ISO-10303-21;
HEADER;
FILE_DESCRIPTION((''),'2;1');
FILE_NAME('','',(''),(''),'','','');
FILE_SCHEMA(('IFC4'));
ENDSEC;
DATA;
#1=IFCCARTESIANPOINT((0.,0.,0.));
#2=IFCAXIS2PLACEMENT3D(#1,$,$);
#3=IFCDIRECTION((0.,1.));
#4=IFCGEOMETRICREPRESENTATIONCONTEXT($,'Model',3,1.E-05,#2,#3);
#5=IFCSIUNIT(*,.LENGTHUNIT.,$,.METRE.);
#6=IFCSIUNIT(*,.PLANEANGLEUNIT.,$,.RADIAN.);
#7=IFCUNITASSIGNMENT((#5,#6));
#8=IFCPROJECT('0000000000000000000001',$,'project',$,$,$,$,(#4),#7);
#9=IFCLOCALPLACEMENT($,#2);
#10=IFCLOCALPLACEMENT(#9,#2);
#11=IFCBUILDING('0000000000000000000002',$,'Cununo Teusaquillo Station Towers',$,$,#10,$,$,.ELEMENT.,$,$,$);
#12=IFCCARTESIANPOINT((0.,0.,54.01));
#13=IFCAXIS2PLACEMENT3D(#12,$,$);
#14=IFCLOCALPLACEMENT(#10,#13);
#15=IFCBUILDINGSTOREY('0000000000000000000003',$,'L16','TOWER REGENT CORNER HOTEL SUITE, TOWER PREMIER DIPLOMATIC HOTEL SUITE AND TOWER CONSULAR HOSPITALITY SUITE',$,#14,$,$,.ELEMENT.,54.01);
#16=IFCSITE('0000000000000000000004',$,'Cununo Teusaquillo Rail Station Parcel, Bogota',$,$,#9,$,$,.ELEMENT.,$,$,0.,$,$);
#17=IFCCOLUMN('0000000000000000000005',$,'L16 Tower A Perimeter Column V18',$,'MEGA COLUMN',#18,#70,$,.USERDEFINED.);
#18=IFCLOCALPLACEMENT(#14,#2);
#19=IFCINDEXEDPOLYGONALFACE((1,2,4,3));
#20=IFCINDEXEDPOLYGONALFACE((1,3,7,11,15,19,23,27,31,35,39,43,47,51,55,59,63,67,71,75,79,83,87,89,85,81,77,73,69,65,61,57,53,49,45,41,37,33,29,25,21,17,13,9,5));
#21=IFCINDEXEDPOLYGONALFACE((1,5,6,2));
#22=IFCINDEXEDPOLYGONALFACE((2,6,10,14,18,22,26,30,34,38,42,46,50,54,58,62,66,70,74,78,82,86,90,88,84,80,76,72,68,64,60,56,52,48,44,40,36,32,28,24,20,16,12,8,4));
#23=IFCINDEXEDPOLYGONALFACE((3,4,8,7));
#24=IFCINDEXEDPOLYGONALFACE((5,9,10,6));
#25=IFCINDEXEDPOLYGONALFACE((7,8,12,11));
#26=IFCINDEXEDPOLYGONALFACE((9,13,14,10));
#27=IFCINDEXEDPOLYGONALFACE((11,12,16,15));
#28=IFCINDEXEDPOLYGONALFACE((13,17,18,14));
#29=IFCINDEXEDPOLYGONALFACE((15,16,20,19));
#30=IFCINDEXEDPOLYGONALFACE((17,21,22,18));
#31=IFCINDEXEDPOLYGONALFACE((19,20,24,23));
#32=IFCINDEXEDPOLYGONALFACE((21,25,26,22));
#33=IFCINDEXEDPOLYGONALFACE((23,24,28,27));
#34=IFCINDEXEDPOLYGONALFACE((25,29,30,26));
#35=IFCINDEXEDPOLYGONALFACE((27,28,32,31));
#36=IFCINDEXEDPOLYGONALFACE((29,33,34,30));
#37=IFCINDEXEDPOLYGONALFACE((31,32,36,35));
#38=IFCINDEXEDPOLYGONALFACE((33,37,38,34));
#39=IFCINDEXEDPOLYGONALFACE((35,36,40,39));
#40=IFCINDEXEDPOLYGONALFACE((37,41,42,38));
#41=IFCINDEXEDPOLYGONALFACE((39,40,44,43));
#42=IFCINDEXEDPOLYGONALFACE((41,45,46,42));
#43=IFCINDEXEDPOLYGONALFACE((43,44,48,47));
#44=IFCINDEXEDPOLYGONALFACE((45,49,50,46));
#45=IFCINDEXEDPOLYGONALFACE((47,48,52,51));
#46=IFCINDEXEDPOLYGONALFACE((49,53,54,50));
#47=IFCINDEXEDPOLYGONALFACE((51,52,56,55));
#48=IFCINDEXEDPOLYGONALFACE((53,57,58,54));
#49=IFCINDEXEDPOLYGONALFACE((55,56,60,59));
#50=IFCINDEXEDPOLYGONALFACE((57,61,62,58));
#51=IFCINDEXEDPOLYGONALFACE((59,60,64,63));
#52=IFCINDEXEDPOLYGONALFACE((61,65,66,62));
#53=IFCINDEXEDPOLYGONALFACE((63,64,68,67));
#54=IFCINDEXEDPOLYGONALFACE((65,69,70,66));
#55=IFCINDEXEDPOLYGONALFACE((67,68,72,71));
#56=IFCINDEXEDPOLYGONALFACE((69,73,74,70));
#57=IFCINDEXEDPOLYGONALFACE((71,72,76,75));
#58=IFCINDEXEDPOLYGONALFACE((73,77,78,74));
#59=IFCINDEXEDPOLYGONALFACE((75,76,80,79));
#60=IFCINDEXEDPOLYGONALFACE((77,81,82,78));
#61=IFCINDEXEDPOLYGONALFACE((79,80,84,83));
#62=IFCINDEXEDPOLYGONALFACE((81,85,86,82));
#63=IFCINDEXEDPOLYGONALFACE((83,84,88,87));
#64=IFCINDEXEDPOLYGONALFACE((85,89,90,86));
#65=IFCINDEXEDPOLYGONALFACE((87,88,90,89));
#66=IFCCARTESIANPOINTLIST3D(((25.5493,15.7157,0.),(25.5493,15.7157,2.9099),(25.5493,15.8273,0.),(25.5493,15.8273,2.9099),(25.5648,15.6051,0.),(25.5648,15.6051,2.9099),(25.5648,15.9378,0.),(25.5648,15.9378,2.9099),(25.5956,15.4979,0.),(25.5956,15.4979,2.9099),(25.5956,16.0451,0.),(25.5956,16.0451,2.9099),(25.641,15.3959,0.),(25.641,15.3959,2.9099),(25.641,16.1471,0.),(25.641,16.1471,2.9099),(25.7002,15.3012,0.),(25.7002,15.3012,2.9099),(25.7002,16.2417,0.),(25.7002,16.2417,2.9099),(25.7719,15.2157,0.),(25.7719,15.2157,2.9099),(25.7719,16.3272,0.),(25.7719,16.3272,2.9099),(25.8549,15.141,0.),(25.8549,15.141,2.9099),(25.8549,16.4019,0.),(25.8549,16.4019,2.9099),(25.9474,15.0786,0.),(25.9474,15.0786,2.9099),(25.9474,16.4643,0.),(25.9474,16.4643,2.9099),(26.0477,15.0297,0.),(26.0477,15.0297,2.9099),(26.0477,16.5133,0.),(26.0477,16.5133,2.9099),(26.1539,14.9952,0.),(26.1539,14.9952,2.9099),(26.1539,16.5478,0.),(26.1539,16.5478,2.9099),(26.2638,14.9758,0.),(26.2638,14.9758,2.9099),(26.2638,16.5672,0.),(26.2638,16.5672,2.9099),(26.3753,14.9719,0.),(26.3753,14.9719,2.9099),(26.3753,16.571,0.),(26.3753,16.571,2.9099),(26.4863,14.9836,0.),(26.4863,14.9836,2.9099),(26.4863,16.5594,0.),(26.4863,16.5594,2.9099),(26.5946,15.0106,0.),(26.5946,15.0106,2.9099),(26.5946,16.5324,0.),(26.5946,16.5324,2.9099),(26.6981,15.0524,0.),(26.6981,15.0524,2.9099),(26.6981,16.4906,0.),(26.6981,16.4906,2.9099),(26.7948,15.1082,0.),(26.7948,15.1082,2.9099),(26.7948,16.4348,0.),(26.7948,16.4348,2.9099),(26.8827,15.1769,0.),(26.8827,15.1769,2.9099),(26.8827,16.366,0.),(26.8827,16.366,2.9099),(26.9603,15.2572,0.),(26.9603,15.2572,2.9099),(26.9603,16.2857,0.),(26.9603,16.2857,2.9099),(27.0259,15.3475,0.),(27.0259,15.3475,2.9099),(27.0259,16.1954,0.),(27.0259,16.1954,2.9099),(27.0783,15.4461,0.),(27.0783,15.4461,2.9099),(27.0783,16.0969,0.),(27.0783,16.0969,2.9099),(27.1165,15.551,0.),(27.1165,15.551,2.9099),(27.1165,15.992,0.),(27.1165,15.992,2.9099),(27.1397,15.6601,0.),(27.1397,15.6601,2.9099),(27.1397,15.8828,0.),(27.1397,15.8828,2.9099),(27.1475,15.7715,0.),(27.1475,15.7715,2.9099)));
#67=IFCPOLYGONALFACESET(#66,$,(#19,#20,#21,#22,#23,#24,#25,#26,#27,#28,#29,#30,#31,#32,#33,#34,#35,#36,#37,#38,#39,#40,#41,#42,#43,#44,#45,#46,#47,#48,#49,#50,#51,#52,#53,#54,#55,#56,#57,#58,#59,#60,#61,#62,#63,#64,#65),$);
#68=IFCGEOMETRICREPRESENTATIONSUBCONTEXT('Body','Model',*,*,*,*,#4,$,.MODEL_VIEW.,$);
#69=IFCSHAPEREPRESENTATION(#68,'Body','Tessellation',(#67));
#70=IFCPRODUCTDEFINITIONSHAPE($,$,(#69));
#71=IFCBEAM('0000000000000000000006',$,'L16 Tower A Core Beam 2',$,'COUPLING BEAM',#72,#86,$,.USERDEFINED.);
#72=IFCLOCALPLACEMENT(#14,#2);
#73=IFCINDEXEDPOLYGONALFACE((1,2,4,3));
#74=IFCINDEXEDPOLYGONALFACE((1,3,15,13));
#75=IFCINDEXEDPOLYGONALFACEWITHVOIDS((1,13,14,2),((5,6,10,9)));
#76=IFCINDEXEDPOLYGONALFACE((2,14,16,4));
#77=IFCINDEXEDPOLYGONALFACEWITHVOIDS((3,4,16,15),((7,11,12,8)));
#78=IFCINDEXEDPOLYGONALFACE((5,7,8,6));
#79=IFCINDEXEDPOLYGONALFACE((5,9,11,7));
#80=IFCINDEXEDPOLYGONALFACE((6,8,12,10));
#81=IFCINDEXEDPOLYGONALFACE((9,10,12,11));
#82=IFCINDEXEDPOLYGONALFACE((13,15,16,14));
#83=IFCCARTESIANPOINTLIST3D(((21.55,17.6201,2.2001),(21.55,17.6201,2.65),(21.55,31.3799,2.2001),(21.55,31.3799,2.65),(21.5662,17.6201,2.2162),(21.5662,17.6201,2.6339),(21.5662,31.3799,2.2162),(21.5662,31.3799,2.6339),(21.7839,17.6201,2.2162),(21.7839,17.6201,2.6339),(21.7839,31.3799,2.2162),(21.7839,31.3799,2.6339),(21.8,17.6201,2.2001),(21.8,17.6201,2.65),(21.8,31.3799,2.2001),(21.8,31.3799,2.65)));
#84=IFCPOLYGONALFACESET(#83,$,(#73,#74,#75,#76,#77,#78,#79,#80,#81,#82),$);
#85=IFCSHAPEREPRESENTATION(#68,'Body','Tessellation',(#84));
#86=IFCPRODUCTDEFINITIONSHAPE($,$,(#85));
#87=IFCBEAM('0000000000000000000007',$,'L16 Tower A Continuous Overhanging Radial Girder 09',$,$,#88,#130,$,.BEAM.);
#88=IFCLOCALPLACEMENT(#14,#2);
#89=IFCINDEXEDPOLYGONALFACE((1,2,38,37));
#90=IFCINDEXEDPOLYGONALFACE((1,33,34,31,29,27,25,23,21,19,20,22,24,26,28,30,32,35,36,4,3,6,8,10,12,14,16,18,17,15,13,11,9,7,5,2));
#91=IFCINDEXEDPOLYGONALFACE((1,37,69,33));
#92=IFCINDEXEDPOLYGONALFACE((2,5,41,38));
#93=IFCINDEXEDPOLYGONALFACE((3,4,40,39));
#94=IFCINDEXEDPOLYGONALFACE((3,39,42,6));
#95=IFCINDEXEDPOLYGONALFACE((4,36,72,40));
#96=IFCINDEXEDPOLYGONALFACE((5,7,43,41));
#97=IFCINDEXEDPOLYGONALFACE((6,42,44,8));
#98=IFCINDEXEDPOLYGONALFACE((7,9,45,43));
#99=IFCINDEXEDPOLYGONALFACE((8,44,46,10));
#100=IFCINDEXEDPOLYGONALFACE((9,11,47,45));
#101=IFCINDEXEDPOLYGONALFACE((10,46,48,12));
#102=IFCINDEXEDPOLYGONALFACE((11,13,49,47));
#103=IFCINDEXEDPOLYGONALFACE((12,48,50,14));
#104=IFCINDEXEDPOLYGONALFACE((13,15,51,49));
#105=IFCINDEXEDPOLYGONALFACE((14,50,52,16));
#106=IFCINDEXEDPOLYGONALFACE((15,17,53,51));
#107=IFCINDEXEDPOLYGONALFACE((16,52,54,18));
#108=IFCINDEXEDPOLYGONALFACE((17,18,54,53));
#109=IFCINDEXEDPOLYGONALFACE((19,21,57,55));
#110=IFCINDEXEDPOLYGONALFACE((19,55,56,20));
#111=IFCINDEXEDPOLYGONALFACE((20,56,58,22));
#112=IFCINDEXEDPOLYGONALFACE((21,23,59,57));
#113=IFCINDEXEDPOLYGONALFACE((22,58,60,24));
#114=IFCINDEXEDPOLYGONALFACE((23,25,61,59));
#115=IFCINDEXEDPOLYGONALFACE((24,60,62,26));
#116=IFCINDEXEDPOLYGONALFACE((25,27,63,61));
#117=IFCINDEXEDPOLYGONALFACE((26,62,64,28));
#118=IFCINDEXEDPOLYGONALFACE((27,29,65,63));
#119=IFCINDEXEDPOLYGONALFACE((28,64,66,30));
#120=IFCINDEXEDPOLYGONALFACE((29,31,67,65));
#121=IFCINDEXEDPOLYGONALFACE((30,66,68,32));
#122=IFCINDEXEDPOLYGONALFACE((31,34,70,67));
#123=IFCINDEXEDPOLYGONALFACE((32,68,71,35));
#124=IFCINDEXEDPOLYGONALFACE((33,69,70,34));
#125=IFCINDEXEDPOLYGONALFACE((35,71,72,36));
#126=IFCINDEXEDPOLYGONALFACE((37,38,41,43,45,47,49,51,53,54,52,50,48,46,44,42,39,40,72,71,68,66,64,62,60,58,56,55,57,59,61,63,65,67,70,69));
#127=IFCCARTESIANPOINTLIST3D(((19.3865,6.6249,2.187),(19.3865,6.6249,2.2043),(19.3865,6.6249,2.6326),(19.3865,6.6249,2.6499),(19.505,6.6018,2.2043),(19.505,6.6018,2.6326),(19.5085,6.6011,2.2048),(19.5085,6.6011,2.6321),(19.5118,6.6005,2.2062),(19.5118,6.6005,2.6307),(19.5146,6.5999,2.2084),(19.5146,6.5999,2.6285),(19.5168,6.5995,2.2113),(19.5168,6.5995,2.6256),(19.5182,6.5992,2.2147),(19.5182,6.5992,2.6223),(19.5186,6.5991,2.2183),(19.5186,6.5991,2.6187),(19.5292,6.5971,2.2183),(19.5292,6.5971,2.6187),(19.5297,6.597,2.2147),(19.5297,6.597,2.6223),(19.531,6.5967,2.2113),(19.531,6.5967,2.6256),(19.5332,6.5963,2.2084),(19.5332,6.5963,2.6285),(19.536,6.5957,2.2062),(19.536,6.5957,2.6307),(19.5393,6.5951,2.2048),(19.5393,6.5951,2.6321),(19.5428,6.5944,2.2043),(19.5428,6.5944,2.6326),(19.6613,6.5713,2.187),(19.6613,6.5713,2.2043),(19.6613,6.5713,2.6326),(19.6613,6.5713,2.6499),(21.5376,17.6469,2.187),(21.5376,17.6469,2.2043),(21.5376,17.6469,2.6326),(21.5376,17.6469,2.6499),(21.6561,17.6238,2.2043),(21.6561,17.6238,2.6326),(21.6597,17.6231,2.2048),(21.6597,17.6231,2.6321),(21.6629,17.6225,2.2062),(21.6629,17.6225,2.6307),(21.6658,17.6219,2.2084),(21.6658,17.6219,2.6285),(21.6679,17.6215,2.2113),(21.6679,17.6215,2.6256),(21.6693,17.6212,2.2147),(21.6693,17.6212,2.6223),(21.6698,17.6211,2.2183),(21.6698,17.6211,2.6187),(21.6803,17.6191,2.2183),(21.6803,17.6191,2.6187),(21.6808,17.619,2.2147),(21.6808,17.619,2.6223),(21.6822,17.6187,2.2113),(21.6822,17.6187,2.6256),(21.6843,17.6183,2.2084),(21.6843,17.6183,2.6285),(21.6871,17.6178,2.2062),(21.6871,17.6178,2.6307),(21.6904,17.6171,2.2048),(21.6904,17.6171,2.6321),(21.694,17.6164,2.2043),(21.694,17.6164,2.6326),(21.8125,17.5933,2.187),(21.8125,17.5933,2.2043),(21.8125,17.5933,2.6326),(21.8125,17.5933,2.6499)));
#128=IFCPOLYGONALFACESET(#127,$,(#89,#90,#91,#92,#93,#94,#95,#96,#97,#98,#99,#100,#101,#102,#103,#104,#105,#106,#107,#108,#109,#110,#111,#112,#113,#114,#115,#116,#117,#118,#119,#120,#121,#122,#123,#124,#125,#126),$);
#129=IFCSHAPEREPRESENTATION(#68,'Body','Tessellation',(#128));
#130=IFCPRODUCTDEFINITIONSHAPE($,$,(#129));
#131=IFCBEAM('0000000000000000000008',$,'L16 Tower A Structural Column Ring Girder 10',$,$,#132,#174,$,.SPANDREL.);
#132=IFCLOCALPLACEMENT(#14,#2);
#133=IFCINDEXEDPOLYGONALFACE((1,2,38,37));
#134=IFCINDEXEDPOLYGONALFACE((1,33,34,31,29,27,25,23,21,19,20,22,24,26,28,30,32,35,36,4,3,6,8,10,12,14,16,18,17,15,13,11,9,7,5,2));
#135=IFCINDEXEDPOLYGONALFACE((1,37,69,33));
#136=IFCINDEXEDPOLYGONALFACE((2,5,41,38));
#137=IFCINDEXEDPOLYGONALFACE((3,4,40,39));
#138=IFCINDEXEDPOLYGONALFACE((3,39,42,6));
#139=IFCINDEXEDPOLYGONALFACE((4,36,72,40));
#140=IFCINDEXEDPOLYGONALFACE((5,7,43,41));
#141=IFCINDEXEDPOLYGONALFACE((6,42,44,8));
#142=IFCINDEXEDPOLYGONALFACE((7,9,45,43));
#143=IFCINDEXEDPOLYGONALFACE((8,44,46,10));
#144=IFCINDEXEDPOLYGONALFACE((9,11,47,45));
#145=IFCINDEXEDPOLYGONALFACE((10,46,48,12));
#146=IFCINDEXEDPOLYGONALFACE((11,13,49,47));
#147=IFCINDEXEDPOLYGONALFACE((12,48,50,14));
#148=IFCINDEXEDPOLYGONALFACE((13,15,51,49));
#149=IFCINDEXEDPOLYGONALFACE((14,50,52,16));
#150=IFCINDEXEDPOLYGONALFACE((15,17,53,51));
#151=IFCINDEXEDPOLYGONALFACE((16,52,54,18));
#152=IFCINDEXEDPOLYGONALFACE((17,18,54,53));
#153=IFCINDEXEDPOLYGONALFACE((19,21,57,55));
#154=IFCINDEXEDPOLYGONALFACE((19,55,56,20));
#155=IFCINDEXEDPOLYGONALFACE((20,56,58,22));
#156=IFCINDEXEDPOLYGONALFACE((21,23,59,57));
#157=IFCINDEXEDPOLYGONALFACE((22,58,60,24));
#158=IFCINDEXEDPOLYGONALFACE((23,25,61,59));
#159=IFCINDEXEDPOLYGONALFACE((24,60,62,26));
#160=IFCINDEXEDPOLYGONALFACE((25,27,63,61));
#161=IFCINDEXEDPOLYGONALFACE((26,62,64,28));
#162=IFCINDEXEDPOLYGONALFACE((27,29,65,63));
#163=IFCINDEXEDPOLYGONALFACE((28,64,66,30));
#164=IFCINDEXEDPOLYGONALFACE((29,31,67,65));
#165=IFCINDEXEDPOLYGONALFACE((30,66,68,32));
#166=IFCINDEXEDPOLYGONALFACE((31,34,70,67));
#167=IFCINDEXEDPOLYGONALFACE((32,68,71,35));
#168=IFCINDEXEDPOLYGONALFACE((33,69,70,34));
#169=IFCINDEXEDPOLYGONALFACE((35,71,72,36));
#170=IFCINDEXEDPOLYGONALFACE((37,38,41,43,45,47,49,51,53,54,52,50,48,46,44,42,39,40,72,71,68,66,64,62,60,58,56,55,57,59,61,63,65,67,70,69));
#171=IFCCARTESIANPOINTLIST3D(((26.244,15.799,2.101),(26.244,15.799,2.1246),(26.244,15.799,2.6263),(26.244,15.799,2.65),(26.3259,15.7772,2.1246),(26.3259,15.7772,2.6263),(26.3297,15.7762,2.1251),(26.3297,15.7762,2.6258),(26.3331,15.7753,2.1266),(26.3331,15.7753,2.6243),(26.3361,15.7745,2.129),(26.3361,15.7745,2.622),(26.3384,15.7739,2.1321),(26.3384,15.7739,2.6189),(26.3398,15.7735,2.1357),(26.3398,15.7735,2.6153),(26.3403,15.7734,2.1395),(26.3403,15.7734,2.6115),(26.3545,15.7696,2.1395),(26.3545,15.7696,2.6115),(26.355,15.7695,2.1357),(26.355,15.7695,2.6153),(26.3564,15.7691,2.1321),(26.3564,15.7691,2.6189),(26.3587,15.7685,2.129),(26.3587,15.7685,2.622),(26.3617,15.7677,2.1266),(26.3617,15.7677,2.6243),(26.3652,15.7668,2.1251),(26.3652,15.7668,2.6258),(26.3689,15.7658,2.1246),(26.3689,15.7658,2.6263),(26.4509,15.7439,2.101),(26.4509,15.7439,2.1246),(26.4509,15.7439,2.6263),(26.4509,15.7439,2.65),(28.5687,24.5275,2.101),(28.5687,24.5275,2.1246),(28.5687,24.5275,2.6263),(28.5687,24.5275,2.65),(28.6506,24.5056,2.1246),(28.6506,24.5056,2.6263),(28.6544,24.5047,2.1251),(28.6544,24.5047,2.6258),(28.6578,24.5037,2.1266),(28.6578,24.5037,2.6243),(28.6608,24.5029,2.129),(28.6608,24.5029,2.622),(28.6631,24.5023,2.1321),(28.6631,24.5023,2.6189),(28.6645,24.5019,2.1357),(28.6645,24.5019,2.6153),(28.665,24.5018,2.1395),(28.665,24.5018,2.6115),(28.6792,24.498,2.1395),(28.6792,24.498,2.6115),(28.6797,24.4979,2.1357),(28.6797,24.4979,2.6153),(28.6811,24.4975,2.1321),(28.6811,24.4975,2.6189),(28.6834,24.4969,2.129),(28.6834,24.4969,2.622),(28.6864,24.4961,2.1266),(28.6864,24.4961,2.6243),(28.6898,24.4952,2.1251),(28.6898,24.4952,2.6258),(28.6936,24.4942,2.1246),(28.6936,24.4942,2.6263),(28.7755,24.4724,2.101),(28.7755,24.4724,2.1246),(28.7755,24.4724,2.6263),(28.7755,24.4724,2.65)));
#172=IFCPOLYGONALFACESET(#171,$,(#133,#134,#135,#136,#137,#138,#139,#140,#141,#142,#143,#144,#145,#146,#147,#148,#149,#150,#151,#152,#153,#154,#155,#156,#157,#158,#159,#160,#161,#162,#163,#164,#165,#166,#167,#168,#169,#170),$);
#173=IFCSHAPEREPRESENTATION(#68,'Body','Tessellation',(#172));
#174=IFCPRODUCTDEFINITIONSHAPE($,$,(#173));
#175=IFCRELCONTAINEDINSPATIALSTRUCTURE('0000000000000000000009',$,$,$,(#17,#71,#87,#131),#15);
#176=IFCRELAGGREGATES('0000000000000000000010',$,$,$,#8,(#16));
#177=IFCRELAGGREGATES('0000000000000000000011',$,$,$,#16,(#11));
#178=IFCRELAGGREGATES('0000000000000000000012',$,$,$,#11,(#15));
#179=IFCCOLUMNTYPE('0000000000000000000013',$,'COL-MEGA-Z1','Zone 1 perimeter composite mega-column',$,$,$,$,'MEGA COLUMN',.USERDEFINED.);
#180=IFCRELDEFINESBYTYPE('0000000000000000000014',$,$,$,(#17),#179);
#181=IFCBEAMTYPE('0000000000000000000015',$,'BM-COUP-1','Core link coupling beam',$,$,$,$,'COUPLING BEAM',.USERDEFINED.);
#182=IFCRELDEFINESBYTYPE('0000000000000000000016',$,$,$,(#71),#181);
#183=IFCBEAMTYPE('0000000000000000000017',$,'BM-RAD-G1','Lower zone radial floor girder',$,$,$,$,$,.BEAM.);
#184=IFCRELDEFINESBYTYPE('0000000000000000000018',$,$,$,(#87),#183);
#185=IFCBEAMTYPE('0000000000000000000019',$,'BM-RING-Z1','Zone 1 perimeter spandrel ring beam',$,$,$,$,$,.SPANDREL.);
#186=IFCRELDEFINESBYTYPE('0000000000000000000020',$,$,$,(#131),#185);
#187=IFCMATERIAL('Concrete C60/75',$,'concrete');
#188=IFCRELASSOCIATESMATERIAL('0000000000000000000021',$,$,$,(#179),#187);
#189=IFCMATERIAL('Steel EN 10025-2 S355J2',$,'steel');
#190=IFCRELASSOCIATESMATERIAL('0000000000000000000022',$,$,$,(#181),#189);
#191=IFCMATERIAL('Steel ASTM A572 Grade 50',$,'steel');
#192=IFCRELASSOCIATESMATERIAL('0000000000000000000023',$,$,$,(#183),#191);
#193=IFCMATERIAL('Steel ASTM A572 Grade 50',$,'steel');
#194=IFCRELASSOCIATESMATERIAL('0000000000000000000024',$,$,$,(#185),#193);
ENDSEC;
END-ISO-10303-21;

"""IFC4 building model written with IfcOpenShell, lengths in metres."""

from ifc_helpers import new_model, si_unit, direction, frame, origin, origin_2d, place, context, subcontext, project, spatial, hollow_rectangle, circle, i_section, extrude, material, material_profile, profile_set, type_object, element, save


model = new_model("IFC4")

# Units and contexts
model_context = context("Model", 3, precision=1e-05, world=origin(), true_north=direction((0.0, 1.0)))
body_context = subcontext(model_context, "Body", "Model", "MODEL_VIEW")
ifc_project = project(units=[si_unit("LENGTHUNIT", "METRE"), si_unit("PLANEANGLEUNIT", "RADIAN")], contexts=[model_context])

# Site, building, storey
site_placement = place(None, origin())
site = spatial("IfcSite", under=ifc_project, at=site_placement, Name="Cununo Teusaquillo Rail Station Parcel, Bogota", CompositionType="ELEMENT", RefElevation=0.0)
building_placement = place(site_placement, origin())
building = spatial("IfcBuilding", under=site, at=building_placement, Name="Cununo Teusaquillo Station Towers", CompositionType="ELEMENT")
storey_placement = place(building_placement, frame((0.0, 0.0, 54.01)))
storey = spatial("IfcBuildingStorey", under=building, at=storey_placement, Name="L16", Description="TOWER REGENT CORNER HOTEL SUITE, TOWER PREMIER DIPLOMATIC HOTEL SUITE AND TOWER CONSULAR HOSPITALITY SUITE", CompositionType="ELEMENT", Elevation=54.01)

# Column
ifc_material_1 = material(Name="Concrete C60/75", Category="concrete")
ifc_material_profile_1 = material_profile(ifc_material_1, circle(Radius=0.8, at=origin_2d()), Name="RC-CIRC-1600")
ifc_profile_set_1 = profile_set([ifc_material_profile_1], Name="Concrete C60/75")
column_type = type_object("IfcColumnType", Name="COL-MEGA-Z1", Description="Zone 1 perimeter composite mega-column", ElementType="MEGA COLUMN", PredefinedType="USERDEFINED", material=ifc_profile_set_1)
column_placement = place(storey_placement, frame((26.3474, 15.7715, 0.0), z_axis=(0.0, 0.0, 1.0), x_axis=(1.0, 0.0, 0.0)))
element("IfcColumn", 1, at=column_placement, inside=storey, type_object=column_type, Name="L16 Tower A Perimeter Column V18", ObjectType="MEGA COLUMN", PredefinedType="USERDEFINED", context=body_context, shape_type="SweptSolid", body=[
    extrude(circle(Radius=0.8, at=origin_2d()), origin(), (0.0, 0.0, 1.0), 2.9099),
])

# Beams
ifc_material_2 = material(Name="Steel EN 10025-2 S355J2", Category="steel")
ifc_material_profile_2 = material_profile(ifc_material_2, hollow_rectangle(XDim=0.25, YDim=0.45, WallThickness=0.0161, at=origin_2d()), Name="RHS 450x250x16")
ifc_profile_set_2 = profile_set([ifc_material_profile_2], Name="Steel EN 10025-2 S355J2")
beam_type_1 = type_object("IfcBeamType", Name="BM-COUP-1", Description="Core link coupling beam", ElementType="COUPLING BEAM", PredefinedType="USERDEFINED", material=ifc_profile_set_2)
beam_1_placement = place(storey_placement, frame((21.675, 17.6201, 2.425), z_axis=(0.0, 1.0, 0.0), x_axis=(-1.0, 0.0, 0.0)))
element("IfcBeam", 2, at=beam_1_placement, inside=storey, type_object=beam_type_1, Name="L16 Tower A Core Beam 2", ObjectType="COUPLING BEAM", PredefinedType="USERDEFINED", context=body_context, shape_type="SweptSolid", body=[
    extrude(hollow_rectangle(XDim=0.25, YDim=0.45, WallThickness=0.0161, at=origin_2d()), origin(), (0.0, 0.0, 1.0), 13.7598),
])
ifc_material_3 = material(Name="Steel ASTM A572 Grade 50", Category="steel")
ifc_material_profile_3 = material_profile(ifc_material_3, i_section(OverallWidth=0.28, OverallDepth=0.4629, WebThickness=0.0107, FlangeThickness=0.0173, FilletRadius=0.0139, at=origin_2d()), Name="W18X76")
ifc_profile_set_3 = profile_set([ifc_material_profile_3], Name="Steel ASTM A572 Grade 50")
beam_type_2 = type_object("IfcBeamType", Name="BM-RAD-G1", Description="Lower zone radial floor girder", PredefinedType="BEAM", material=ifc_profile_set_3)
beam_2_placement = place(storey_placement, frame((21.675, 17.6201, 2.4185), z_axis=(-0.191553, -0.981482, 0.0), x_axis=(0.981482, -0.191553, 0.0)))
element("IfcBeam", 3, at=beam_2_placement, inside=storey, type_object=beam_type_2, Name="L16 Tower A Continuous Overhanging Radial Girder 09", PredefinedType="BEAM", context=body_context, shape_type="SweptSolid", body=[
    extrude(i_section(OverallWidth=0.28, OverallDepth=0.4629, WebThickness=0.0107, FlangeThickness=0.0173, FilletRadius=0.0139, at=origin_2d()), origin(), (0.0, 0.0, 1.0), 11.23),
])
ifc_material_4 = material(Name="Steel ASTM A572 Grade 50", Category="steel")
ifc_material_profile_4 = material_profile(ifc_material_4, i_section(OverallWidth=0.2141, OverallDepth=0.5491, WebThickness=0.0146, FlangeThickness=0.0237, FilletRadius=0.0149, at=origin_2d()), Name="W21X93")
ifc_profile_set_4 = profile_set([ifc_material_profile_4], Name="Steel ASTM A572 Grade 50")
beam_type_3 = type_object("IfcBeamType", Name="BM-RING-Z1", Description="Zone 1 perimeter spandrel ring beam", PredefinedType="SPANDREL", material=ifc_profile_set_4)
beam_3_placement = place(storey_placement, frame((26.3474, 15.7715, 2.3755), z_axis=(0.257363, 0.966315, 0.0), x_axis=(-0.966315, 0.257363, 0.0)))
element("IfcBeam", 4, at=beam_3_placement, inside=storey, type_object=beam_type_3, Name="L16 Tower A Structural Column Ring Girder 10", PredefinedType="SPANDREL", context=body_context, shape_type="SweptSolid", body=[
    extrude(i_section(OverallWidth=0.2141, OverallDepth=0.5491, WebThickness=0.0146, FlangeThickness=0.0237, FilletRadius=0.0149, at=origin_2d()), origin(), (0.0, 0.0, 1.0), 9.0327),
])

save(model, "model.ifc")
